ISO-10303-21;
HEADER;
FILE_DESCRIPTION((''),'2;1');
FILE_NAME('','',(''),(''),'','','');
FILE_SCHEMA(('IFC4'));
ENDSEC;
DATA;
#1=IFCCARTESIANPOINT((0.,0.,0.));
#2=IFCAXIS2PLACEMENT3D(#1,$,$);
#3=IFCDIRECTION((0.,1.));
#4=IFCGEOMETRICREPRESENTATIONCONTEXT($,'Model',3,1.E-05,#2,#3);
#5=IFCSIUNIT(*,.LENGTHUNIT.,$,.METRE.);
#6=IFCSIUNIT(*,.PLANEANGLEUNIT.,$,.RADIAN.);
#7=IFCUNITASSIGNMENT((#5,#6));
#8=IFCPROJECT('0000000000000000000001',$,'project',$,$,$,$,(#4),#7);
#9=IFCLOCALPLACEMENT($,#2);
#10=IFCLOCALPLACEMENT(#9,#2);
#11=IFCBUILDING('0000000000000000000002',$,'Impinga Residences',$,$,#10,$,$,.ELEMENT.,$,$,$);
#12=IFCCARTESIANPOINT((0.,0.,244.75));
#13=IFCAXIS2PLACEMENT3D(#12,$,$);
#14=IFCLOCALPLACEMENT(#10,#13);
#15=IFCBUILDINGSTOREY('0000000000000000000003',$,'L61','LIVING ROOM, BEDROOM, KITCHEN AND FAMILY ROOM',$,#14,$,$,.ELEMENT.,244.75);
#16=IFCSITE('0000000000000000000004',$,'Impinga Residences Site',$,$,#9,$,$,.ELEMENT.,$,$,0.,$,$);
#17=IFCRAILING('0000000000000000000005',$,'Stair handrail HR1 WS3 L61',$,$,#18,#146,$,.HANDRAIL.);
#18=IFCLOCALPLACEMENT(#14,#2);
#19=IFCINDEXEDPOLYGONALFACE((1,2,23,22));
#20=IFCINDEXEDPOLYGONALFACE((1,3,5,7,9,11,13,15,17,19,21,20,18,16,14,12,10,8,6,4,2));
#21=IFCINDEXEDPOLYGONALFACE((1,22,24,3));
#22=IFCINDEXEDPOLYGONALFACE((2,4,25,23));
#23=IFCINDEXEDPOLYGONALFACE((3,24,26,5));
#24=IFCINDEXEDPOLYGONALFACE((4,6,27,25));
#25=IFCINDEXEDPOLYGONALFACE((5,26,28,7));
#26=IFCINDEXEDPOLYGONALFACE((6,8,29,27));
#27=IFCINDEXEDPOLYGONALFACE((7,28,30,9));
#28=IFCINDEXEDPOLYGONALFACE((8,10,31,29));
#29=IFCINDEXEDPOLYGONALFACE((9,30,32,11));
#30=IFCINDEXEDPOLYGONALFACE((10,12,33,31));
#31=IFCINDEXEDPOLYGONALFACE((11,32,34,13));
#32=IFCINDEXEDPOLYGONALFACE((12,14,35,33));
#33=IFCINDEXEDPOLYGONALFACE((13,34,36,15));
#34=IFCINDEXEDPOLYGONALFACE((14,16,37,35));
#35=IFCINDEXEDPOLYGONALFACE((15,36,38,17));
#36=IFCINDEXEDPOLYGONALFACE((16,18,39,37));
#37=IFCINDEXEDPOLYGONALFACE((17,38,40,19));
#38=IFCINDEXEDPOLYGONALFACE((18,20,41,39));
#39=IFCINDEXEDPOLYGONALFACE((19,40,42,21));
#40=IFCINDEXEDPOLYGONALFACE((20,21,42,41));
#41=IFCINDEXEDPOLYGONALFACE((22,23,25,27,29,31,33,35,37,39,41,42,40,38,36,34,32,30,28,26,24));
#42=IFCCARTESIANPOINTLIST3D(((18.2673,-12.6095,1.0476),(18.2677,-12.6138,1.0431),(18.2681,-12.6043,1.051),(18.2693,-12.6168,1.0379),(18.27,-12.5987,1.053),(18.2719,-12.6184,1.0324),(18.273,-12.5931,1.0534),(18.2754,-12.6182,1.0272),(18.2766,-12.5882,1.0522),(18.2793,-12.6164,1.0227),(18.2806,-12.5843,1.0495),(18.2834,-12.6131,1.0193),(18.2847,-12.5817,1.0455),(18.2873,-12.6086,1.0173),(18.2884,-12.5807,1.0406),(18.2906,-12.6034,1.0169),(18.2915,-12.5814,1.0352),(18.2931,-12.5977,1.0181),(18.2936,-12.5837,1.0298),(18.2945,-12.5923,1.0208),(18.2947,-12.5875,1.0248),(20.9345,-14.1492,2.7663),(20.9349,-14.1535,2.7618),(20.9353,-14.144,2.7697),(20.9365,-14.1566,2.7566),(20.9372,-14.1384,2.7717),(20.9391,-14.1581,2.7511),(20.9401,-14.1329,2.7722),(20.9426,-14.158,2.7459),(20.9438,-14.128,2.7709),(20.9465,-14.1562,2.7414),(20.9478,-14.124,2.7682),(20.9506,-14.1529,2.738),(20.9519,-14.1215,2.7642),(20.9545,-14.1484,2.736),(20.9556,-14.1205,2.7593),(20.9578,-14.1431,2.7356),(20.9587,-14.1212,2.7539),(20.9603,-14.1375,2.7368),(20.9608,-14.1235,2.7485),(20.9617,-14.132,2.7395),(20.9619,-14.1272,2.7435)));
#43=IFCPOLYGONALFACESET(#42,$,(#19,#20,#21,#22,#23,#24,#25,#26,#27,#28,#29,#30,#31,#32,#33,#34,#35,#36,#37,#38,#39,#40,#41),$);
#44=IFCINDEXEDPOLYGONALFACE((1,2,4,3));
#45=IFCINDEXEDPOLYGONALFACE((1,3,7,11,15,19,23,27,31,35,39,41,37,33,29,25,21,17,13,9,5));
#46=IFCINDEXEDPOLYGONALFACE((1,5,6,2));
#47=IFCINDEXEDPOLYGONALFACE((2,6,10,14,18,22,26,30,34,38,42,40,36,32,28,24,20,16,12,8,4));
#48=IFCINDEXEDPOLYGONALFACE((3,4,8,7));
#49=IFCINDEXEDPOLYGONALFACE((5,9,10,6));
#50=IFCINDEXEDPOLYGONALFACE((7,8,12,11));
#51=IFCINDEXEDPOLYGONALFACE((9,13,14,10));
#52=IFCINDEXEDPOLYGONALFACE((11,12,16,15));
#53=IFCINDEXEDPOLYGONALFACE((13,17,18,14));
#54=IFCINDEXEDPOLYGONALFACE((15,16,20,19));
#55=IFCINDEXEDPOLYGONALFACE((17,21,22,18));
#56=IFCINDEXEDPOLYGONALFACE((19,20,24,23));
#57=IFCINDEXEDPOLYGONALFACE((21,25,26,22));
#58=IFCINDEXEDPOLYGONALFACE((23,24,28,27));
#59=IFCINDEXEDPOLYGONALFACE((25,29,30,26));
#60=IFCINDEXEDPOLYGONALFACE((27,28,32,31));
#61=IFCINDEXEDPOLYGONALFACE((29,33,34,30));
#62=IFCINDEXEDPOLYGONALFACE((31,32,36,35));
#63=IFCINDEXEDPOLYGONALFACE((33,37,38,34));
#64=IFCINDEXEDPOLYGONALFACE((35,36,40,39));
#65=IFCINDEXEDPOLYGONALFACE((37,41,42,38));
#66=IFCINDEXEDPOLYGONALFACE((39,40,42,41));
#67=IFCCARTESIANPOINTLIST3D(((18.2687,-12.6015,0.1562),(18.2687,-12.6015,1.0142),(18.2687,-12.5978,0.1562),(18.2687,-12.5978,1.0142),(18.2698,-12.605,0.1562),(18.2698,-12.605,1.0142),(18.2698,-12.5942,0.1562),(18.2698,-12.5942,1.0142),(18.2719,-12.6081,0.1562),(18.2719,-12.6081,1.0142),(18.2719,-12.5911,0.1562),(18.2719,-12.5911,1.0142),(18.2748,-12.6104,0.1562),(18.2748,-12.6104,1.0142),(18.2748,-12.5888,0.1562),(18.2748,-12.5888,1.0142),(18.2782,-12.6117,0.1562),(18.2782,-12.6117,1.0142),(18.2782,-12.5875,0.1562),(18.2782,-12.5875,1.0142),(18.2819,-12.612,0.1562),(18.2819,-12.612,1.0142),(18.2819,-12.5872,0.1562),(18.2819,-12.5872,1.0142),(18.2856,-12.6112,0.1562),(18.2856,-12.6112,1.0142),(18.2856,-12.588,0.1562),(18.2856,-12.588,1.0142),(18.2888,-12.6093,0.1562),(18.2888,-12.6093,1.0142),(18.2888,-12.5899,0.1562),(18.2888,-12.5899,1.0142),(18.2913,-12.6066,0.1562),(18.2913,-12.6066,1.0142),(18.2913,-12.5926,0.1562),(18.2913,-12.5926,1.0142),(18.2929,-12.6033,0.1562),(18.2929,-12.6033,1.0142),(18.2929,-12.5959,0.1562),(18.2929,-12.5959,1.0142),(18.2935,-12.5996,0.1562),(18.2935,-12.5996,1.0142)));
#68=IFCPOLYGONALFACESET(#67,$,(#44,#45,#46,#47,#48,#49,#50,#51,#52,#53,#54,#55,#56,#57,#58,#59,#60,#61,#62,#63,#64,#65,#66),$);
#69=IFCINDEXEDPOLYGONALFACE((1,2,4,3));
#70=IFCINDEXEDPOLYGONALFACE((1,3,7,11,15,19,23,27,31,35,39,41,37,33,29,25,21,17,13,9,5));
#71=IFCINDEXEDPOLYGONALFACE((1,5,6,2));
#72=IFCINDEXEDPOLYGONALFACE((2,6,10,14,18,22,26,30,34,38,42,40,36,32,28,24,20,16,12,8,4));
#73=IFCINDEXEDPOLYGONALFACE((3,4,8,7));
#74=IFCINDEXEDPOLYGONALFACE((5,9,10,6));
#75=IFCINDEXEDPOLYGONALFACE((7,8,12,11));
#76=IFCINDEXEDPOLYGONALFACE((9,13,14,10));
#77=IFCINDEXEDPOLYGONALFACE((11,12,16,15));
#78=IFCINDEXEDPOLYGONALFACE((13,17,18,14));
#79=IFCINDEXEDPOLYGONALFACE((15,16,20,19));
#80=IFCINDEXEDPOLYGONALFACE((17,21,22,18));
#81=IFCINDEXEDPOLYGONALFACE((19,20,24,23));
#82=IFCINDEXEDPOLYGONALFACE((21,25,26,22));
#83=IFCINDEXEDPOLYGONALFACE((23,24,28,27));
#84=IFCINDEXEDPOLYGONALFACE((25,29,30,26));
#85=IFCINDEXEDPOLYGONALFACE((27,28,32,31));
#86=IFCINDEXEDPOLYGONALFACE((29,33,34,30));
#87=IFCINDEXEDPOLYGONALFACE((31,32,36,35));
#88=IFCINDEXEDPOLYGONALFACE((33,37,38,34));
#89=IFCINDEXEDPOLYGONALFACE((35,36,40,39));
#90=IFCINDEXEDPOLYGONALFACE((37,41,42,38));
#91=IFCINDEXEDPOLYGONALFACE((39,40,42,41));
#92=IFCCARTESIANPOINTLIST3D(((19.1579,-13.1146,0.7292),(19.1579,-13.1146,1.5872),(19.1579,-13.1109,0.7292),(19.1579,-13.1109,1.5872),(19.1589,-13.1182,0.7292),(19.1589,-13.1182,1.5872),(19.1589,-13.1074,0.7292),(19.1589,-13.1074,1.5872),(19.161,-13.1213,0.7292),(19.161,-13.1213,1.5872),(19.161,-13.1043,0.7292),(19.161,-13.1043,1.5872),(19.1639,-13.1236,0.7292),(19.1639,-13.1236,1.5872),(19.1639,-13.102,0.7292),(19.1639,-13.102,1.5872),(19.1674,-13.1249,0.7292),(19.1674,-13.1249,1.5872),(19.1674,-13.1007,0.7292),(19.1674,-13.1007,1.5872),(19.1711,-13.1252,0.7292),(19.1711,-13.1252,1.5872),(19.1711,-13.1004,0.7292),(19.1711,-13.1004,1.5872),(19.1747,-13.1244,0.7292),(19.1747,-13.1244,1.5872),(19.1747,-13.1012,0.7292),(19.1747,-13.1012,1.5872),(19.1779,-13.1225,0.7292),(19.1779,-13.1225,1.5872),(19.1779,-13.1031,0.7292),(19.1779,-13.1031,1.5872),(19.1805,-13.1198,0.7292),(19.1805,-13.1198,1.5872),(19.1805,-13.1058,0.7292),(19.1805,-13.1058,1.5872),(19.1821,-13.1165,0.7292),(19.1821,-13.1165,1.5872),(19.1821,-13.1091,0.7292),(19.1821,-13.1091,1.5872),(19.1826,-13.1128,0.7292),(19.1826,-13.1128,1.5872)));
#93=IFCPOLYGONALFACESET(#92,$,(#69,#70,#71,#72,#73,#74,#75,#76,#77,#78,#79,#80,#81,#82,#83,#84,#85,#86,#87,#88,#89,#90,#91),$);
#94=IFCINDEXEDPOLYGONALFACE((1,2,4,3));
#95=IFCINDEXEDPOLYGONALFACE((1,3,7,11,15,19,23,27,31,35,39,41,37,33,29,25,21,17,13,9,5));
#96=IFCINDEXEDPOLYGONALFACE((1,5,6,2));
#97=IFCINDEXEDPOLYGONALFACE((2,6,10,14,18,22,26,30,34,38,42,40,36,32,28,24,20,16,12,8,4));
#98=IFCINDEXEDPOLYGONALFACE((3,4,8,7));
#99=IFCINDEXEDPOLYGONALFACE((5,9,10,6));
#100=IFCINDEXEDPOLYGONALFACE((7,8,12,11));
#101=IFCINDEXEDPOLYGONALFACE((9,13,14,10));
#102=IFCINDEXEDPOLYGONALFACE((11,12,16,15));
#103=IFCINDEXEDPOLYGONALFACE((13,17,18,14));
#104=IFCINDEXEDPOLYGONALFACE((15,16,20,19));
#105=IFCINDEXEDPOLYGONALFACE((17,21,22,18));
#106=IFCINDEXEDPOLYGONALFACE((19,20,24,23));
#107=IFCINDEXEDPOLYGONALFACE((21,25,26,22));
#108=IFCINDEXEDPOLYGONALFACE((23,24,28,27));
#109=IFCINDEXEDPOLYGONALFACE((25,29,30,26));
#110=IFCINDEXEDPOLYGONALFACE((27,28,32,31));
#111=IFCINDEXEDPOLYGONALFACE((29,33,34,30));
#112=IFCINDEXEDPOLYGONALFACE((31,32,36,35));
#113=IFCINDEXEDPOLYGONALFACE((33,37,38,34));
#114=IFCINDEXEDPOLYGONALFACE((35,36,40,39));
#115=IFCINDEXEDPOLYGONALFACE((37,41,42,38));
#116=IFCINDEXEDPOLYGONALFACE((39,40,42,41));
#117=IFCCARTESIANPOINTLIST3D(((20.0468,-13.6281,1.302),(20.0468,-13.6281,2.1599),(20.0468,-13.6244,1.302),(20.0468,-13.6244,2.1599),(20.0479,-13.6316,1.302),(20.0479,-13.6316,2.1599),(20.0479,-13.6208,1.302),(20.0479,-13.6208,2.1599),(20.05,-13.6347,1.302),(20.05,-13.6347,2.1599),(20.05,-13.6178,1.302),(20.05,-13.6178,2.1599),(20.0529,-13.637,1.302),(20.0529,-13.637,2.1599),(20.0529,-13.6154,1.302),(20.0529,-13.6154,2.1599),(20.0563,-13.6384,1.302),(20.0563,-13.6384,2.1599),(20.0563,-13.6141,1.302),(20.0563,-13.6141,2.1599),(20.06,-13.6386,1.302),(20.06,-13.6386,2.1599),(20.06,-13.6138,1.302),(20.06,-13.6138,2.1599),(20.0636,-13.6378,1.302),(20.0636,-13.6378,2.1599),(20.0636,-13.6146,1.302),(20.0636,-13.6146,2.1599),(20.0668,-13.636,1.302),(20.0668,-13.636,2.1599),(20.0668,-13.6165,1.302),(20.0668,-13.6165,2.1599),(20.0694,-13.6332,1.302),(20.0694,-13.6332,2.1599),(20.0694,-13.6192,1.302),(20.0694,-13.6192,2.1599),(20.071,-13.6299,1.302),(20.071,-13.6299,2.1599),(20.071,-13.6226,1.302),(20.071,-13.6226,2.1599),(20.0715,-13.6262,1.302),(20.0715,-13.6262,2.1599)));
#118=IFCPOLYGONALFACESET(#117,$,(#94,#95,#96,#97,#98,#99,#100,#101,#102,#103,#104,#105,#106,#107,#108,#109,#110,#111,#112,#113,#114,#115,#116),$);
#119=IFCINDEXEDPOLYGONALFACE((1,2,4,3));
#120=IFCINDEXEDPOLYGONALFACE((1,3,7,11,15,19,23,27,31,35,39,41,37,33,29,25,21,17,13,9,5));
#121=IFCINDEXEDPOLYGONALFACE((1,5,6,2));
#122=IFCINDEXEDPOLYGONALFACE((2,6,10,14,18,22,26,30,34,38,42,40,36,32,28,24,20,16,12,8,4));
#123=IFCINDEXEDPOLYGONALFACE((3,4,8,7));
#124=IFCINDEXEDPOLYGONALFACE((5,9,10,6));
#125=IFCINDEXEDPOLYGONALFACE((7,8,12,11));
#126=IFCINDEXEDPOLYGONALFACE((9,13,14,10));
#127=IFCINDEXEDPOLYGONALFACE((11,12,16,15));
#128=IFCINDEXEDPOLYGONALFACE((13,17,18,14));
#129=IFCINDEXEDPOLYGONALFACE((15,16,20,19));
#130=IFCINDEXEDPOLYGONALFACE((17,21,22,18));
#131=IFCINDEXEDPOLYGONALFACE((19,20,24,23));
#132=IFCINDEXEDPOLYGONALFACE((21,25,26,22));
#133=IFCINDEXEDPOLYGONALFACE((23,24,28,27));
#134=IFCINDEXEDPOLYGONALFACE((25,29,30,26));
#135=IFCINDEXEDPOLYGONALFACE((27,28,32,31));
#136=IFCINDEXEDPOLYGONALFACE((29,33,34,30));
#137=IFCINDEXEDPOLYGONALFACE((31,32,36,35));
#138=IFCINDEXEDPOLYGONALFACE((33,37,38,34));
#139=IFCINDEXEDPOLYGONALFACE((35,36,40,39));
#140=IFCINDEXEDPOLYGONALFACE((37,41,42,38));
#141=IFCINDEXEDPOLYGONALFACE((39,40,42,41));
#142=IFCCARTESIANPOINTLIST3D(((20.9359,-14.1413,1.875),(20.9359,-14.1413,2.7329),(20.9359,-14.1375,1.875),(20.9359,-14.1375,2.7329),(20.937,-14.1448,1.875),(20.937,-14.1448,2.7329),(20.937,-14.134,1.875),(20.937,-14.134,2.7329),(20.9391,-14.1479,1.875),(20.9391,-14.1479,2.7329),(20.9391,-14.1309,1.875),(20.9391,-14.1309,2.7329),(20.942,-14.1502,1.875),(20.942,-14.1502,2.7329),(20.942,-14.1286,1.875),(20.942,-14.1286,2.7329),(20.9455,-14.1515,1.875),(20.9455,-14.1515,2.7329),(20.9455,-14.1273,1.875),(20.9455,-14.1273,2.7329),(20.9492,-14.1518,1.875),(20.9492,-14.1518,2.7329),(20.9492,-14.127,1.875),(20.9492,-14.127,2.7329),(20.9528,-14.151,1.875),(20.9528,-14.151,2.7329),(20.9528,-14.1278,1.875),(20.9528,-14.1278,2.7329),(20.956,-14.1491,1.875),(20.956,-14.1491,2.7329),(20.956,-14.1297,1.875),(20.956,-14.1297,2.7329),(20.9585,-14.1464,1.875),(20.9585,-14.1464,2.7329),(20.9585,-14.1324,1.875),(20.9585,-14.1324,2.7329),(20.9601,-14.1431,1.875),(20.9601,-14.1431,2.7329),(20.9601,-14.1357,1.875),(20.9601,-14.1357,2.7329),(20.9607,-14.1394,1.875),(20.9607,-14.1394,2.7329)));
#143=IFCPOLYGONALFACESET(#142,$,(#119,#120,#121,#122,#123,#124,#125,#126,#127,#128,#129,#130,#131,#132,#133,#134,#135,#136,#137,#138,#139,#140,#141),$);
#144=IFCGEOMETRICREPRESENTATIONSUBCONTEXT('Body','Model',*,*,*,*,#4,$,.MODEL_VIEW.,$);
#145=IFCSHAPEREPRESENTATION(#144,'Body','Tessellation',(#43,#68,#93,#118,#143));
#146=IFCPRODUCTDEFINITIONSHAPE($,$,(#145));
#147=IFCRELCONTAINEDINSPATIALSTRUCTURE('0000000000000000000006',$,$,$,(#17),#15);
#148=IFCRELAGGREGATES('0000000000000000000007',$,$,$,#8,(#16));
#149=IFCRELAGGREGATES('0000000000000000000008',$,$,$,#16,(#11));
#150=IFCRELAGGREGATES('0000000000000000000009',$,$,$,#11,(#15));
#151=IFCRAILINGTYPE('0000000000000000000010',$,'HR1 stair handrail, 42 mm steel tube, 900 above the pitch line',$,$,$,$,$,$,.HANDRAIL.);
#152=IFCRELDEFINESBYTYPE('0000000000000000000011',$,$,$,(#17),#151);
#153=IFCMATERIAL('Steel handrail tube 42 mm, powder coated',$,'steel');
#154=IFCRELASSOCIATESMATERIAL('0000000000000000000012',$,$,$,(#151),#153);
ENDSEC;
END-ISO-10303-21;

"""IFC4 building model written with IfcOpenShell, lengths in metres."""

from ifc_helpers import new_model, si_unit, direction, frame, origin, origin_2d, place, context, subcontext, project, spatial, circle, extrude, material, type_object, element, save


model = new_model("IFC4")

# Units and contexts
model_context = context("Model", 3, precision=1e-05, world=origin(), true_north=direction((0.0, 1.0)))
body_context = subcontext(model_context, "Body", "Model", "MODEL_VIEW")
ifc_project = project(units=[si_unit("LENGTHUNIT", "METRE"), si_unit("PLANEANGLEUNIT", "RADIAN")], contexts=[model_context])

# Site, building, storey
site_placement = place(None, origin())
site = spatial("IfcSite", under=ifc_project, at=site_placement, Name="Impinga Residences Site", CompositionType="ELEMENT", RefElevation=0.0)
building_placement = place(site_placement, origin())
building = spatial("IfcBuilding", under=site, at=building_placement, Name="Impinga Residences", CompositionType="ELEMENT")
storey_placement = place(building_placement, frame((0.0, 0.0, 244.75)))
storey = spatial("IfcBuildingStorey", under=building, at=storey_placement, Name="L61", Description="LIVING ROOM, BEDROOM, KITCHEN AND FAMILY ROOM", CompositionType="ELEMENT", Elevation=244.75)

# Railing
ifc_material_1 = material(Name="Steel handrail tube 42 mm, powder coated", Category="steel")
railing_type_1 = type_object("IfcRailingType", Name="HR1 stair handrail, 42 mm steel tube, 900 above the pitch line", PredefinedType="HANDRAIL", material=ifc_material_1)
railing_1_placement = place(storey_placement, frame((18.281, -12.5996, 0.1562)))
element("IfcRailing", 1, at=railing_1_placement, inside=storey, type_object=railing_type_1, Name="Stair handrail HR1 WS3 L61", PredefinedType="HANDRAIL", context=body_context, shape_type="SweptSolid", body=[
    extrude(circle(Radius=0.021, at=origin_2d()), frame((0.0, 0.0, 0.8789), z_axis=(0.756249, -0.436582, 0.487322), x_axis=(0.499967, 0.866044, 0.0)), (0.0, 0.0, 1.0), 3.5269),
    extrude(circle(Radius=0.0125, at=origin_2d()), origin(), (0.0, 0.0, 1.0), 0.8579),
    extrude(circle(Radius=0.0125, at=origin_2d()), frame((0.8892, -0.5132, 0.573)), (0.0, 0.0, 1.0), 0.8579),
    extrude(circle(Radius=0.0125, at=origin_2d()), frame((1.7781, -1.0266, 1.1458)), (0.0, 0.0, 1.0), 0.8579),
    extrude(circle(Radius=0.0125, at=origin_2d()), frame((2.6672, -1.5398, 1.7188)), (0.0, 0.0, 1.0), 0.8579),
])

save(model, "model.ifc")
